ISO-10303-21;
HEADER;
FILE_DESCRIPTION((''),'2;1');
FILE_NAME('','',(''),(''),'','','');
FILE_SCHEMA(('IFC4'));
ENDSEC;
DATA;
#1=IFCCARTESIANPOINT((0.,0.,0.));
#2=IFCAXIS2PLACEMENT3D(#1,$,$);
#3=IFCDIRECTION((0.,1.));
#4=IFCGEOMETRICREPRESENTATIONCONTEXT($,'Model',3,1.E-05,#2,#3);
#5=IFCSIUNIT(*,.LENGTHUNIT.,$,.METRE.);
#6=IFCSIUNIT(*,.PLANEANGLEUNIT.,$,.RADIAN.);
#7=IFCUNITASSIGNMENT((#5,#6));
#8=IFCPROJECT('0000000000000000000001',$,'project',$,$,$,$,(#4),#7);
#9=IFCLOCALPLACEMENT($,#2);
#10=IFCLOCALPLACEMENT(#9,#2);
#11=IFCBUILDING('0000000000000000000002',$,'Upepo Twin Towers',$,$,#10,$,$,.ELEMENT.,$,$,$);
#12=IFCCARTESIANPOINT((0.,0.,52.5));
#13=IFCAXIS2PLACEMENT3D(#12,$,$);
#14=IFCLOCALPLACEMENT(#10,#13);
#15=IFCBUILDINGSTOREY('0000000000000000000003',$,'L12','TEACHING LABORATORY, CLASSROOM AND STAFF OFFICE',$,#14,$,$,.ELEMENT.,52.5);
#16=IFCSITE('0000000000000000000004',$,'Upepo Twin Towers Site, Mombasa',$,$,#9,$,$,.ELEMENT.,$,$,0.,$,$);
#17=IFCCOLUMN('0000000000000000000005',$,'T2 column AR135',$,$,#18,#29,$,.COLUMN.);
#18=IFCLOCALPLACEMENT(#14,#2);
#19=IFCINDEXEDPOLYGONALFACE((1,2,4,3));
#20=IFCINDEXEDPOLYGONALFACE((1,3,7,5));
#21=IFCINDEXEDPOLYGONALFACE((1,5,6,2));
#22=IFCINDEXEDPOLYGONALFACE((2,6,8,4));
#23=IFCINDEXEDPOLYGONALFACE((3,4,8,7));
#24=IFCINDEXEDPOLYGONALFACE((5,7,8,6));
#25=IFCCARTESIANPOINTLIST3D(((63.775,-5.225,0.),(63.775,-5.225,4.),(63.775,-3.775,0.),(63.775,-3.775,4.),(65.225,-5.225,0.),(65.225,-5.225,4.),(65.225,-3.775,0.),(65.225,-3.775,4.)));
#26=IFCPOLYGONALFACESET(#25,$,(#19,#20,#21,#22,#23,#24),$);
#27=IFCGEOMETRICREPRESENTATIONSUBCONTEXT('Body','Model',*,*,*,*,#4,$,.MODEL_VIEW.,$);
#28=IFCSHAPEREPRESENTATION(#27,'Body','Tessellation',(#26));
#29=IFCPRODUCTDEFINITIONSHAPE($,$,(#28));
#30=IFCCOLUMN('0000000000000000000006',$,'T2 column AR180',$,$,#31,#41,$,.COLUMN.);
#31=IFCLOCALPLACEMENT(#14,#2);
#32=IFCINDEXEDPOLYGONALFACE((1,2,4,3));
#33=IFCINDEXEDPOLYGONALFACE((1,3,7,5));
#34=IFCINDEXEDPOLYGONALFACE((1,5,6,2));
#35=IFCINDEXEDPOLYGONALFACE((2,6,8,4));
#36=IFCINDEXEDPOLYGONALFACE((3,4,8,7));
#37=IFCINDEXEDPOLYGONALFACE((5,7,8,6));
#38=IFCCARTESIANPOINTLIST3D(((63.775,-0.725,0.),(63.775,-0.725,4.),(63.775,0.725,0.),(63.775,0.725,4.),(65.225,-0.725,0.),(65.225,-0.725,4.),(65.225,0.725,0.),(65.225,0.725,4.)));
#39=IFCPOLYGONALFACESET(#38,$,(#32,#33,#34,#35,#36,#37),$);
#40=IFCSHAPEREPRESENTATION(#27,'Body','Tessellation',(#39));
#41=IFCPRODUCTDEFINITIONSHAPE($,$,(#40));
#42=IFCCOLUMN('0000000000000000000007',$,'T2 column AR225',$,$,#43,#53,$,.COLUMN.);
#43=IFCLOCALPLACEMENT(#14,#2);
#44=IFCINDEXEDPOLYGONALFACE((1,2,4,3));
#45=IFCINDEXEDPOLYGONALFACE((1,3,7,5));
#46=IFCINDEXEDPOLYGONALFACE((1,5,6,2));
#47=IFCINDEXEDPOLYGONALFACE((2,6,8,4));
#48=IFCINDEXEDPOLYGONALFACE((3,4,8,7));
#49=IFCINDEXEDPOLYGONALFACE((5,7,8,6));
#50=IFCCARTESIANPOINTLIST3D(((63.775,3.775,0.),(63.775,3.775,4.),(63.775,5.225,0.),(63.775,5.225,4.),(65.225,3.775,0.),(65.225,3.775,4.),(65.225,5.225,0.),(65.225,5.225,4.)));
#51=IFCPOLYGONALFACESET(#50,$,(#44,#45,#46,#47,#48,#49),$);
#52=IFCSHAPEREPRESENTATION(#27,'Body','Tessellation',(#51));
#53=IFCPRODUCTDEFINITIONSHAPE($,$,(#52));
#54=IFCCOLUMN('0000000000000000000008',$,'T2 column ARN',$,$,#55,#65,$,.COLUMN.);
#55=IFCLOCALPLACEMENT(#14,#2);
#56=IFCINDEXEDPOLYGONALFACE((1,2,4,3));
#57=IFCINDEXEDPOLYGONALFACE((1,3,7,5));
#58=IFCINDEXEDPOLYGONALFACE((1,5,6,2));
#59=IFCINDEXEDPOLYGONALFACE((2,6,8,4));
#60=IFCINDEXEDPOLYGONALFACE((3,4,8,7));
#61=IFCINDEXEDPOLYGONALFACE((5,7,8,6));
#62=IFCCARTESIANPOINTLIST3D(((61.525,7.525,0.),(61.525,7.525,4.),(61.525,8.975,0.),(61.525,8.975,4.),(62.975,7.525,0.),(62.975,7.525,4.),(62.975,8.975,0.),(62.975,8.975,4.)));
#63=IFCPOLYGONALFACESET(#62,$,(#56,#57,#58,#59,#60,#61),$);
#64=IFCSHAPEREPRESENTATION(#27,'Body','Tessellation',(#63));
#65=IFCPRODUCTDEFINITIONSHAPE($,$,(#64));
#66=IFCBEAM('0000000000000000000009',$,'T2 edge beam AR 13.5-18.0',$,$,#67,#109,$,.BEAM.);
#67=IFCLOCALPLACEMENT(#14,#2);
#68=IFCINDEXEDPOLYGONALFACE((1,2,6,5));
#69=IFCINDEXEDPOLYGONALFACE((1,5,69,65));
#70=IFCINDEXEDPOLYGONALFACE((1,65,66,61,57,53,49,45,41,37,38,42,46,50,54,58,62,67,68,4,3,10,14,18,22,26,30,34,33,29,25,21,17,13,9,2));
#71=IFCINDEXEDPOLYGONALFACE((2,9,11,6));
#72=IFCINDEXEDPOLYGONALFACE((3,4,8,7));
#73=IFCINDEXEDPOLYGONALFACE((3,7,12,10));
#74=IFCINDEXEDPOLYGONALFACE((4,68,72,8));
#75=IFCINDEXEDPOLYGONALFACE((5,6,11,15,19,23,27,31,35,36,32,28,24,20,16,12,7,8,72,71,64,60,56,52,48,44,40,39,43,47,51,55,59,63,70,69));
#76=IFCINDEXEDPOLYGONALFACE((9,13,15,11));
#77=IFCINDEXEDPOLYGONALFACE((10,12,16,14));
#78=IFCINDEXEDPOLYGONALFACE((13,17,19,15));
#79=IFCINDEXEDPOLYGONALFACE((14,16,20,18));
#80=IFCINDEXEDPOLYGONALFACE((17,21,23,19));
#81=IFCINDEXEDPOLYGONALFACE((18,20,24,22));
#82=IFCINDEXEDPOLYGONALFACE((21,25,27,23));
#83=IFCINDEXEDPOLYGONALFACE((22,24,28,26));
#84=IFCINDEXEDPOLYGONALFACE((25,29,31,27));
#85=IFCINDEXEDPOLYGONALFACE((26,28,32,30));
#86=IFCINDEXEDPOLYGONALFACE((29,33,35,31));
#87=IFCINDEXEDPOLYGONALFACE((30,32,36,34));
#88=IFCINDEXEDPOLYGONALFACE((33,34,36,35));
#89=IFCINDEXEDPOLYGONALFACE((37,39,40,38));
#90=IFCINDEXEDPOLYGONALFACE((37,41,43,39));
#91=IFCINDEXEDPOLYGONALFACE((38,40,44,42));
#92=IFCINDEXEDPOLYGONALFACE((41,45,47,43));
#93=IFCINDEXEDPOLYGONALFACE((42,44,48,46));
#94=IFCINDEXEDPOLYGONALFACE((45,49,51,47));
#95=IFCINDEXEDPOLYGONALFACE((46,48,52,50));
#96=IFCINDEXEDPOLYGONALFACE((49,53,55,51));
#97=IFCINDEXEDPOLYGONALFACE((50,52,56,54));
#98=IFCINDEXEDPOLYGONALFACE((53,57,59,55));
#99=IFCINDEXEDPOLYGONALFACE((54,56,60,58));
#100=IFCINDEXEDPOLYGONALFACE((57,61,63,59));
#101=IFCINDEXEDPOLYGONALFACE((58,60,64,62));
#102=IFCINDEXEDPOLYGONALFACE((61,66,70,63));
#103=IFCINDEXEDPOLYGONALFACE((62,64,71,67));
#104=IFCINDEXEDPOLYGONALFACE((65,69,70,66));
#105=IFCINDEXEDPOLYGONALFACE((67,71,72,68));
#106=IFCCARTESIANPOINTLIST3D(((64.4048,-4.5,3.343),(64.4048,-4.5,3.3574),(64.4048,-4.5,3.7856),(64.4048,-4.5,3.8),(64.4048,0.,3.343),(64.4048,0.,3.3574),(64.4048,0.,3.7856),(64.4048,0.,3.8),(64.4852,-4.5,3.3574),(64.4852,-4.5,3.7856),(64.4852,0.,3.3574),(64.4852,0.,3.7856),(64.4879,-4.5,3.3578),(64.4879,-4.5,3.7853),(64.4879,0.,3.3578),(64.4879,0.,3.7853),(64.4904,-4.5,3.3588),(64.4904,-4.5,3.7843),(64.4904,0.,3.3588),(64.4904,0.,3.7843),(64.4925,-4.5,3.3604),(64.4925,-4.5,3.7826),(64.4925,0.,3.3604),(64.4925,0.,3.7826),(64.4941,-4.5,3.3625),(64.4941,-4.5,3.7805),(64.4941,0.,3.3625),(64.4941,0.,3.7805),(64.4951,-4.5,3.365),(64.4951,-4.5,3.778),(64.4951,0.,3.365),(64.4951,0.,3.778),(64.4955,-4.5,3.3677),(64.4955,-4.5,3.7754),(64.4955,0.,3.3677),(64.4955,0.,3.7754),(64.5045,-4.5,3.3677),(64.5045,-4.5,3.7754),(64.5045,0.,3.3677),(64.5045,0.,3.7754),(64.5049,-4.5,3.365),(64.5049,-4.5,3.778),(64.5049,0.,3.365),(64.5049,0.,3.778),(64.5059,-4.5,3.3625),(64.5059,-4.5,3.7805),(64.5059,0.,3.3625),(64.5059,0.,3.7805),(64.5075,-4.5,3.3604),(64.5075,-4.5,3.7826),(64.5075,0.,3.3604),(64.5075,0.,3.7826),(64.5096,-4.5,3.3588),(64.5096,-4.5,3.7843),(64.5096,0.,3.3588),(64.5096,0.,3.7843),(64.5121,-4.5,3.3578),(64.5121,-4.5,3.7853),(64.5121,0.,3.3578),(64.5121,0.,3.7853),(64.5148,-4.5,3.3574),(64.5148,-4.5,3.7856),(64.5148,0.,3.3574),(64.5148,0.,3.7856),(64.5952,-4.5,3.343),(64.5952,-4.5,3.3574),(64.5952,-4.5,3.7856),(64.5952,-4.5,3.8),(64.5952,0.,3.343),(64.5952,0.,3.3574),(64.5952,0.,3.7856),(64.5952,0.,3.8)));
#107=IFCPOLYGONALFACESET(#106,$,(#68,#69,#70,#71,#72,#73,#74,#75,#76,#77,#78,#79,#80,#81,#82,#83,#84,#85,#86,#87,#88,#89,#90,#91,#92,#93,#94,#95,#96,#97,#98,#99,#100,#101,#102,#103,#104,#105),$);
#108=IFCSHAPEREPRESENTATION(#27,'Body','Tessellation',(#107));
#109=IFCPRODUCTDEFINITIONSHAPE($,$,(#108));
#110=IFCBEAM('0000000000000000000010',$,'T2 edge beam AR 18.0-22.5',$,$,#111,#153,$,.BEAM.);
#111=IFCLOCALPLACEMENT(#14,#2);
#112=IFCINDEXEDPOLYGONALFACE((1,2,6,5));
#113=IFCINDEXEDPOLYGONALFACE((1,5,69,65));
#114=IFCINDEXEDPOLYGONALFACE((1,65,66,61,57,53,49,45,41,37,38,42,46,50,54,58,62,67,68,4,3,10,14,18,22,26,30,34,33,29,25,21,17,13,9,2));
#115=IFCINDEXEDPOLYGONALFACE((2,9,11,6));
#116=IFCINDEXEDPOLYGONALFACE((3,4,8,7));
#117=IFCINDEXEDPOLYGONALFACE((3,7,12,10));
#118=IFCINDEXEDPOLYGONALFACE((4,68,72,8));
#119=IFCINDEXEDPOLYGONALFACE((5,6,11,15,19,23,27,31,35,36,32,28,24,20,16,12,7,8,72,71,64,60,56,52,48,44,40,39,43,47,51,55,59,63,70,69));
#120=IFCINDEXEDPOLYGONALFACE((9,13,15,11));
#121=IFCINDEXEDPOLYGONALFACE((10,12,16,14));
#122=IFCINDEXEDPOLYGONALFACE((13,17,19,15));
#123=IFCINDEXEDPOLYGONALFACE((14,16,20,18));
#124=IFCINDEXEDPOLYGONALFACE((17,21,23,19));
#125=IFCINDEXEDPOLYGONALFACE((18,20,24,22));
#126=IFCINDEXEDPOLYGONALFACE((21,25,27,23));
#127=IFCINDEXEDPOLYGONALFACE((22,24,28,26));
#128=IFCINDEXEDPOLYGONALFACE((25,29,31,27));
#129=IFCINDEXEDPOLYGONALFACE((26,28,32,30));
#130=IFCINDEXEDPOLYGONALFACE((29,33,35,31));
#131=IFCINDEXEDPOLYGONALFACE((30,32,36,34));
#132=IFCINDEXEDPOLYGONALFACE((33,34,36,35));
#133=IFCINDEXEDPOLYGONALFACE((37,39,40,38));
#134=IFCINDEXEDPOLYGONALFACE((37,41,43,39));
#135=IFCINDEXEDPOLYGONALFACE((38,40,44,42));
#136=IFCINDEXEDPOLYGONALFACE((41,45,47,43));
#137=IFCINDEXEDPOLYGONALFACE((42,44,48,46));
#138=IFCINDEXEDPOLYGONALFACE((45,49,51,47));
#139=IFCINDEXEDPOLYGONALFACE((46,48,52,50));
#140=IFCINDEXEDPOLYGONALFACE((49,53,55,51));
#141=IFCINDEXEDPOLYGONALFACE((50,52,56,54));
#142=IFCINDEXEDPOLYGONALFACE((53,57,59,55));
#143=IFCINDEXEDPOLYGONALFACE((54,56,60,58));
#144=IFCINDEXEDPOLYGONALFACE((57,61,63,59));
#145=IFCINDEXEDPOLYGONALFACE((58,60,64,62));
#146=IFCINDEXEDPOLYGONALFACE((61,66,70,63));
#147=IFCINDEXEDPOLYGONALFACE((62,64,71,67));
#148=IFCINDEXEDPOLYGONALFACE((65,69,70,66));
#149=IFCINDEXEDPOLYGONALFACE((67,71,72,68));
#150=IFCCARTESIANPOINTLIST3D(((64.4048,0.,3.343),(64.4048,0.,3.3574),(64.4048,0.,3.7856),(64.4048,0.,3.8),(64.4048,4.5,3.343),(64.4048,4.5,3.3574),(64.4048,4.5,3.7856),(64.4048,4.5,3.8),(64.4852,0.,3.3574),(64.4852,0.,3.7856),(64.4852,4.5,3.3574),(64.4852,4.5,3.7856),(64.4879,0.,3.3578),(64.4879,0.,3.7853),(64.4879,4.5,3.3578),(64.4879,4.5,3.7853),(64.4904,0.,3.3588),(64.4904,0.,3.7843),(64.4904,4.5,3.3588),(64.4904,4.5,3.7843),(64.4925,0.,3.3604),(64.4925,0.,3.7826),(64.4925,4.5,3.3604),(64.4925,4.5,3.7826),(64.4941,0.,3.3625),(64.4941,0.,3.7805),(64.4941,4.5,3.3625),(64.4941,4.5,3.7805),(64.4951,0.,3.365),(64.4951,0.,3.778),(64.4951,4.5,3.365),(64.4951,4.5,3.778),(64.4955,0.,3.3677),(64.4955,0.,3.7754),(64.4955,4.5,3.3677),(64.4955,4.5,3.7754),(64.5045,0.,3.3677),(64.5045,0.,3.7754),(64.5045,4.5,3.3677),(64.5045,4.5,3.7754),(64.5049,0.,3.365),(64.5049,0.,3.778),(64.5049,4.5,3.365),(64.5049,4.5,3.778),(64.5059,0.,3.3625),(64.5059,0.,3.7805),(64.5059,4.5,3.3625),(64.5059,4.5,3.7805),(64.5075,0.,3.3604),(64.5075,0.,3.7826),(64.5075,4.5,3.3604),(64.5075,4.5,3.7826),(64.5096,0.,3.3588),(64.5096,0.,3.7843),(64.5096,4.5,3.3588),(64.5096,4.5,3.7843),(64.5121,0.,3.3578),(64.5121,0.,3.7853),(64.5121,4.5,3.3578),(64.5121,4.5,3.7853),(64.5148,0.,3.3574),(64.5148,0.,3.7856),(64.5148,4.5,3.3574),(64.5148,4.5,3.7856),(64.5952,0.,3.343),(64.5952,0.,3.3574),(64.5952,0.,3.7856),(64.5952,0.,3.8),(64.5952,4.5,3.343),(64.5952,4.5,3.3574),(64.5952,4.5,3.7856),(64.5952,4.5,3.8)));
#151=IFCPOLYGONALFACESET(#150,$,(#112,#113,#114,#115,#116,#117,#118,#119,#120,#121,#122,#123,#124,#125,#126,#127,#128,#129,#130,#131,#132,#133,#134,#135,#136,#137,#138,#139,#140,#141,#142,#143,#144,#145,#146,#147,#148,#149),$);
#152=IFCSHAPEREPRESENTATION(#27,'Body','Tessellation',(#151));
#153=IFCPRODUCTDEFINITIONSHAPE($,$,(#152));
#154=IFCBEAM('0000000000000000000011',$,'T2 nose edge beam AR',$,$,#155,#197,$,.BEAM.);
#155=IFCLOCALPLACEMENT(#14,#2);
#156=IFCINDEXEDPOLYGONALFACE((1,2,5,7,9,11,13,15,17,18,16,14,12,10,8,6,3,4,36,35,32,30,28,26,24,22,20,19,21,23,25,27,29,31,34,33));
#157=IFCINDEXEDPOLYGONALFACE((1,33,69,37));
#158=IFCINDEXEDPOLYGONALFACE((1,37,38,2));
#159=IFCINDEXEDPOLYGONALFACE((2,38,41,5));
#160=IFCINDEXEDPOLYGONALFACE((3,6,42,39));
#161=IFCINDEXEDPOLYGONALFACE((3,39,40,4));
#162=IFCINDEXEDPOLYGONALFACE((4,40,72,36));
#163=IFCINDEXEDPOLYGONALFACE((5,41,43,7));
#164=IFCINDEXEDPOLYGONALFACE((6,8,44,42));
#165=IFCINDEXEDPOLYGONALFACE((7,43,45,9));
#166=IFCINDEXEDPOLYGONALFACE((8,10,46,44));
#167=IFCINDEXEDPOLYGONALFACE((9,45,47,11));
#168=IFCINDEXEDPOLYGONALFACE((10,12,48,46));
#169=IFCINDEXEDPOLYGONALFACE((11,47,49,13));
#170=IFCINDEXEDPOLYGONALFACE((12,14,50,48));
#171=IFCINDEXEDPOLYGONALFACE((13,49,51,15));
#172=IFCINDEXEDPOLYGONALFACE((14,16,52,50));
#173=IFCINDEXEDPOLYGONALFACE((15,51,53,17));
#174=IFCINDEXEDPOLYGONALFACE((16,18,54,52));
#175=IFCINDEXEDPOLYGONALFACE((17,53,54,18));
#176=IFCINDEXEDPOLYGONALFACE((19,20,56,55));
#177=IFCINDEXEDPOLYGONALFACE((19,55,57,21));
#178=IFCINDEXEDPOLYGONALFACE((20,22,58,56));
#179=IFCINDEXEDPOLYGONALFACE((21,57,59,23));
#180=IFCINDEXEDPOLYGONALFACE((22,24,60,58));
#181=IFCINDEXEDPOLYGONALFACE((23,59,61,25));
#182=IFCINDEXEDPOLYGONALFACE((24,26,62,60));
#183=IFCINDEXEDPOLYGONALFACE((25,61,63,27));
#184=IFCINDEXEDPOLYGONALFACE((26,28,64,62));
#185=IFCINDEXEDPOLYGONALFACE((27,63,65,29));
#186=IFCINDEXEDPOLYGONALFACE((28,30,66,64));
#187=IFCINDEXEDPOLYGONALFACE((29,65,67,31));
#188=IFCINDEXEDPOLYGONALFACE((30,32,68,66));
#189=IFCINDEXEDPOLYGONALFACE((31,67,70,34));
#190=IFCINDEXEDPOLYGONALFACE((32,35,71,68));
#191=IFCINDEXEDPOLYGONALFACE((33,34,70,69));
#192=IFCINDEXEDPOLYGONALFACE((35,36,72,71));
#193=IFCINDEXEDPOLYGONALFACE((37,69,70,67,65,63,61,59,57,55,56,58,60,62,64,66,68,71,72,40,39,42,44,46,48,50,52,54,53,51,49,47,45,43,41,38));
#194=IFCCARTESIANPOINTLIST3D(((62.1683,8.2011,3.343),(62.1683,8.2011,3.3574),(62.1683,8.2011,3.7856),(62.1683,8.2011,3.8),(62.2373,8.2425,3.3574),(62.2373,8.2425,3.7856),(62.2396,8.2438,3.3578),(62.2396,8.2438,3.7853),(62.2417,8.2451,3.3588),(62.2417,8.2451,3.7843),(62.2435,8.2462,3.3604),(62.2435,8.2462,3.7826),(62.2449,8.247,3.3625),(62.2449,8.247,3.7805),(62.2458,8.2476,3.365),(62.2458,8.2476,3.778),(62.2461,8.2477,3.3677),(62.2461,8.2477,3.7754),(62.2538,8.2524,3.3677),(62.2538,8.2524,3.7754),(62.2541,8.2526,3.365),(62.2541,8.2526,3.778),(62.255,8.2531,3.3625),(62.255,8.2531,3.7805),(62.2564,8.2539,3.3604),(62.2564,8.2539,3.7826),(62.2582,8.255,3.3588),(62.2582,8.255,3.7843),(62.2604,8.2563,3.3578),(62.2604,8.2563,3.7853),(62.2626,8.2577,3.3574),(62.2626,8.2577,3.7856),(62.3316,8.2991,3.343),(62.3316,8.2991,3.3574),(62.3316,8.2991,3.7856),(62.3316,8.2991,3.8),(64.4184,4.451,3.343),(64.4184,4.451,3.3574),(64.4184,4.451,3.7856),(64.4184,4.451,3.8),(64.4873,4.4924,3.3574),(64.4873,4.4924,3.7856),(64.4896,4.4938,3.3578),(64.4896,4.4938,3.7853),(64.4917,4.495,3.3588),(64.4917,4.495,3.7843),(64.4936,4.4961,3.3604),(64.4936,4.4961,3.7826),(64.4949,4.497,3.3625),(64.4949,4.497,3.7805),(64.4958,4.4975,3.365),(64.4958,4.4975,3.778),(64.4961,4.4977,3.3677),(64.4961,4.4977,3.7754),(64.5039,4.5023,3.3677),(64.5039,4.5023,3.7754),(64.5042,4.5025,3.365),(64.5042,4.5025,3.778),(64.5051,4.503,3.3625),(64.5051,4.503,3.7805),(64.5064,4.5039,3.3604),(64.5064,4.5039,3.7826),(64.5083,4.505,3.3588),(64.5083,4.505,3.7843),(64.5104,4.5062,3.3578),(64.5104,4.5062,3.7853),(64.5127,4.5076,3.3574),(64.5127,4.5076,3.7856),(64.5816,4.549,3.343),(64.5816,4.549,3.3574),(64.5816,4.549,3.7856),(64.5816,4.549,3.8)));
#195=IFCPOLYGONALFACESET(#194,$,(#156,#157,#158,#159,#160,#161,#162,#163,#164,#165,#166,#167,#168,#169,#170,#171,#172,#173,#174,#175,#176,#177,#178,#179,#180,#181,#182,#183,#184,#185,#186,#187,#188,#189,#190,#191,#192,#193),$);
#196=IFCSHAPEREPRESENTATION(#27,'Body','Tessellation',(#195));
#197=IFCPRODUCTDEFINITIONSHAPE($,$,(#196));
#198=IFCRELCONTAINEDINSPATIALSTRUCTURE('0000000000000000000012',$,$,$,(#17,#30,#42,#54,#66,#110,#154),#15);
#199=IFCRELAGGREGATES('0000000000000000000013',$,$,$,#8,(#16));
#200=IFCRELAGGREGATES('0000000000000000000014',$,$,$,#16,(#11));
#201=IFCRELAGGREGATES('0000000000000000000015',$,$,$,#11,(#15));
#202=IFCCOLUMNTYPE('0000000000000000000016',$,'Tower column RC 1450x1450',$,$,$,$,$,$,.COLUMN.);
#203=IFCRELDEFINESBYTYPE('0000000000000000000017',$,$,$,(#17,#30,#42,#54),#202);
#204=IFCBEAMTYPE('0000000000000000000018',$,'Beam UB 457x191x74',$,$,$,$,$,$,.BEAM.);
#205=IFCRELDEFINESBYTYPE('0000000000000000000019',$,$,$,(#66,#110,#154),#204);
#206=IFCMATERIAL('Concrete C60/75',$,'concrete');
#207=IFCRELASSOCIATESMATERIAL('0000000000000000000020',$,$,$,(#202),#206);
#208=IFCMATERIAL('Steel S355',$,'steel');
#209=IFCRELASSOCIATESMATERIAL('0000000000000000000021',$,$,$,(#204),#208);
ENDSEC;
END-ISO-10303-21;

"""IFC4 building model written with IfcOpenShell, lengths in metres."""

from ifc_helpers import new_model, si_unit, direction, frame, origin, origin_2d, place, context, subcontext, project, spatial, rectangle, i_section, extrude, material, material_profile, profile_set, type_object, element, save


model = new_model("IFC4")

# Units and contexts
model_context = context("Model", 3, precision=1e-05, world=origin(), true_north=direction((0.0, 1.0)))
body_context = subcontext(model_context, "Body", "Model", "MODEL_VIEW")
ifc_project = project(units=[si_unit("LENGTHUNIT", "METRE"), si_unit("PLANEANGLEUNIT", "RADIAN")], contexts=[model_context])

# Site, building, storey
site_placement = place(None, origin())
site = spatial("IfcSite", under=ifc_project, at=site_placement, Name="Upepo Twin Towers Site, Mombasa", CompositionType="ELEMENT", RefElevation=0.0)
building_placement = place(site_placement, origin())
building = spatial("IfcBuilding", under=site, at=building_placement, Name="Upepo Twin Towers", CompositionType="ELEMENT")
storey_placement = place(building_placement, frame((0.0, 0.0, 52.5)))
storey = spatial("IfcBuildingStorey", under=building, at=storey_placement, Name="L12", Description="TEACHING LABORATORY, CLASSROOM AND STAFF OFFICE", CompositionType="ELEMENT", Elevation=52.5)

# Columns
ifc_material_1 = material(Name="Concrete C60/75", Category="concrete")
ifc_material_profile_1 = material_profile(ifc_material_1, rectangle(XDim=1.45, YDim=1.45, at=origin_2d()), Name="RC 1450x1450")
ifc_profile_set_1 = profile_set([ifc_material_profile_1], Name="Concrete C60/75")
column_type = type_object("IfcColumnType", Name="Tower column RC 1450x1450", PredefinedType="COLUMN", material=ifc_profile_set_1)
for number, where, z_axis, x_axis, name in (
    (1, (64.5, -4.5, 0.0), (0.0, 0.0, 1.0), (1.0, 0.0, 0.0), "T2 column AR135"),
    (2, (64.5, 0.0, 0.0), (0.0, 0.0, 1.0), (1.0, 0.0, 0.0), "T2 column AR180"),
    (3, (64.5, 4.5, 0.0), (0.0, 0.0, 1.0), (1.0, 0.0, 0.0), "T2 column AR225"),
    (4, (62.25, 8.25, 0.0), (0.0, 0.0, 1.0), (1.0, 0.0, 0.0), "T2 column ARN"),
):
    element("IfcColumn", number, at=place(storey_placement, frame(where, z_axis=z_axis, x_axis=x_axis)), inside=storey, type_object=column_type, Name=name, PredefinedType="COLUMN", context=body_context, shape_type="SweptSolid", body=[
        extrude(rectangle(XDim=1.45, YDim=1.45, at=origin_2d()), origin(), (0.0, 0.0, 1.0), 4.0),
    ])

# Beams
ifc_material_2 = material(Name="Steel S355", Category="steel")
ifc_material_profile_2 = material_profile(ifc_material_2, i_section(OverallWidth=0.1904, OverallDepth=0.457, WebThickness=0.009, FlangeThickness=0.0144, FilletRadius=0.0103, at=origin_2d()), Name="UB 457x191x74")
ifc_profile_set_2 = profile_set([ifc_material_profile_2], Name="Steel S355")
beam_type_1 = type_object("IfcBeamType", Name="Beam UB 457x191x74", PredefinedType="BEAM", material=ifc_profile_set_2)
for number, where, z_axis, x_axis, name in (
    (5, (64.5, -4.5, 3.5715), (0.0, 1.0, 0.0), (-1.0, 0.0, 0.0), "T2 edge beam AR 13.5-18.0"),
    (6, (64.5, 0.0, 3.5715), (0.0, 1.0, 0.0), (-1.0, 0.0, 0.0), "T2 edge beam AR 18.0-22.5"),
):
    element("IfcBeam", number, at=place(storey_placement, frame(where, z_axis=z_axis, x_axis=x_axis)), inside=storey, type_object=beam_type_1, Name=name, PredefinedType="BEAM", context=body_context, shape_type="SweptSolid", body=[
        extrude(i_section(OverallWidth=0.1904, OverallDepth=0.457, WebThickness=0.009, FlangeThickness=0.0144, FilletRadius=0.0103, at=origin_2d()), origin(), (0.0, 0.0, 1.0), 4.5),
    ])
beam_1_placement = place(storey_placement, frame((64.5, 4.5, 3.5715), z_axis=(-0.514496, 0.857493, 0.0), x_axis=(-0.857493, -0.514496, 0.0)))
element("IfcBeam", 7, at=beam_1_placement, inside=storey, type_object=beam_type_1, Name="T2 nose edge beam AR", PredefinedType="BEAM", context=body_context, shape_type="SweptSolid", body=[
    extrude(i_section(OverallWidth=0.1904, OverallDepth=0.457, WebThickness=0.009, FlangeThickness=0.0144, FilletRadius=0.0103, at=origin_2d()), origin(), (0.0, 0.0, 1.0), 4.3733),
])

save(model, "model.ifc")
